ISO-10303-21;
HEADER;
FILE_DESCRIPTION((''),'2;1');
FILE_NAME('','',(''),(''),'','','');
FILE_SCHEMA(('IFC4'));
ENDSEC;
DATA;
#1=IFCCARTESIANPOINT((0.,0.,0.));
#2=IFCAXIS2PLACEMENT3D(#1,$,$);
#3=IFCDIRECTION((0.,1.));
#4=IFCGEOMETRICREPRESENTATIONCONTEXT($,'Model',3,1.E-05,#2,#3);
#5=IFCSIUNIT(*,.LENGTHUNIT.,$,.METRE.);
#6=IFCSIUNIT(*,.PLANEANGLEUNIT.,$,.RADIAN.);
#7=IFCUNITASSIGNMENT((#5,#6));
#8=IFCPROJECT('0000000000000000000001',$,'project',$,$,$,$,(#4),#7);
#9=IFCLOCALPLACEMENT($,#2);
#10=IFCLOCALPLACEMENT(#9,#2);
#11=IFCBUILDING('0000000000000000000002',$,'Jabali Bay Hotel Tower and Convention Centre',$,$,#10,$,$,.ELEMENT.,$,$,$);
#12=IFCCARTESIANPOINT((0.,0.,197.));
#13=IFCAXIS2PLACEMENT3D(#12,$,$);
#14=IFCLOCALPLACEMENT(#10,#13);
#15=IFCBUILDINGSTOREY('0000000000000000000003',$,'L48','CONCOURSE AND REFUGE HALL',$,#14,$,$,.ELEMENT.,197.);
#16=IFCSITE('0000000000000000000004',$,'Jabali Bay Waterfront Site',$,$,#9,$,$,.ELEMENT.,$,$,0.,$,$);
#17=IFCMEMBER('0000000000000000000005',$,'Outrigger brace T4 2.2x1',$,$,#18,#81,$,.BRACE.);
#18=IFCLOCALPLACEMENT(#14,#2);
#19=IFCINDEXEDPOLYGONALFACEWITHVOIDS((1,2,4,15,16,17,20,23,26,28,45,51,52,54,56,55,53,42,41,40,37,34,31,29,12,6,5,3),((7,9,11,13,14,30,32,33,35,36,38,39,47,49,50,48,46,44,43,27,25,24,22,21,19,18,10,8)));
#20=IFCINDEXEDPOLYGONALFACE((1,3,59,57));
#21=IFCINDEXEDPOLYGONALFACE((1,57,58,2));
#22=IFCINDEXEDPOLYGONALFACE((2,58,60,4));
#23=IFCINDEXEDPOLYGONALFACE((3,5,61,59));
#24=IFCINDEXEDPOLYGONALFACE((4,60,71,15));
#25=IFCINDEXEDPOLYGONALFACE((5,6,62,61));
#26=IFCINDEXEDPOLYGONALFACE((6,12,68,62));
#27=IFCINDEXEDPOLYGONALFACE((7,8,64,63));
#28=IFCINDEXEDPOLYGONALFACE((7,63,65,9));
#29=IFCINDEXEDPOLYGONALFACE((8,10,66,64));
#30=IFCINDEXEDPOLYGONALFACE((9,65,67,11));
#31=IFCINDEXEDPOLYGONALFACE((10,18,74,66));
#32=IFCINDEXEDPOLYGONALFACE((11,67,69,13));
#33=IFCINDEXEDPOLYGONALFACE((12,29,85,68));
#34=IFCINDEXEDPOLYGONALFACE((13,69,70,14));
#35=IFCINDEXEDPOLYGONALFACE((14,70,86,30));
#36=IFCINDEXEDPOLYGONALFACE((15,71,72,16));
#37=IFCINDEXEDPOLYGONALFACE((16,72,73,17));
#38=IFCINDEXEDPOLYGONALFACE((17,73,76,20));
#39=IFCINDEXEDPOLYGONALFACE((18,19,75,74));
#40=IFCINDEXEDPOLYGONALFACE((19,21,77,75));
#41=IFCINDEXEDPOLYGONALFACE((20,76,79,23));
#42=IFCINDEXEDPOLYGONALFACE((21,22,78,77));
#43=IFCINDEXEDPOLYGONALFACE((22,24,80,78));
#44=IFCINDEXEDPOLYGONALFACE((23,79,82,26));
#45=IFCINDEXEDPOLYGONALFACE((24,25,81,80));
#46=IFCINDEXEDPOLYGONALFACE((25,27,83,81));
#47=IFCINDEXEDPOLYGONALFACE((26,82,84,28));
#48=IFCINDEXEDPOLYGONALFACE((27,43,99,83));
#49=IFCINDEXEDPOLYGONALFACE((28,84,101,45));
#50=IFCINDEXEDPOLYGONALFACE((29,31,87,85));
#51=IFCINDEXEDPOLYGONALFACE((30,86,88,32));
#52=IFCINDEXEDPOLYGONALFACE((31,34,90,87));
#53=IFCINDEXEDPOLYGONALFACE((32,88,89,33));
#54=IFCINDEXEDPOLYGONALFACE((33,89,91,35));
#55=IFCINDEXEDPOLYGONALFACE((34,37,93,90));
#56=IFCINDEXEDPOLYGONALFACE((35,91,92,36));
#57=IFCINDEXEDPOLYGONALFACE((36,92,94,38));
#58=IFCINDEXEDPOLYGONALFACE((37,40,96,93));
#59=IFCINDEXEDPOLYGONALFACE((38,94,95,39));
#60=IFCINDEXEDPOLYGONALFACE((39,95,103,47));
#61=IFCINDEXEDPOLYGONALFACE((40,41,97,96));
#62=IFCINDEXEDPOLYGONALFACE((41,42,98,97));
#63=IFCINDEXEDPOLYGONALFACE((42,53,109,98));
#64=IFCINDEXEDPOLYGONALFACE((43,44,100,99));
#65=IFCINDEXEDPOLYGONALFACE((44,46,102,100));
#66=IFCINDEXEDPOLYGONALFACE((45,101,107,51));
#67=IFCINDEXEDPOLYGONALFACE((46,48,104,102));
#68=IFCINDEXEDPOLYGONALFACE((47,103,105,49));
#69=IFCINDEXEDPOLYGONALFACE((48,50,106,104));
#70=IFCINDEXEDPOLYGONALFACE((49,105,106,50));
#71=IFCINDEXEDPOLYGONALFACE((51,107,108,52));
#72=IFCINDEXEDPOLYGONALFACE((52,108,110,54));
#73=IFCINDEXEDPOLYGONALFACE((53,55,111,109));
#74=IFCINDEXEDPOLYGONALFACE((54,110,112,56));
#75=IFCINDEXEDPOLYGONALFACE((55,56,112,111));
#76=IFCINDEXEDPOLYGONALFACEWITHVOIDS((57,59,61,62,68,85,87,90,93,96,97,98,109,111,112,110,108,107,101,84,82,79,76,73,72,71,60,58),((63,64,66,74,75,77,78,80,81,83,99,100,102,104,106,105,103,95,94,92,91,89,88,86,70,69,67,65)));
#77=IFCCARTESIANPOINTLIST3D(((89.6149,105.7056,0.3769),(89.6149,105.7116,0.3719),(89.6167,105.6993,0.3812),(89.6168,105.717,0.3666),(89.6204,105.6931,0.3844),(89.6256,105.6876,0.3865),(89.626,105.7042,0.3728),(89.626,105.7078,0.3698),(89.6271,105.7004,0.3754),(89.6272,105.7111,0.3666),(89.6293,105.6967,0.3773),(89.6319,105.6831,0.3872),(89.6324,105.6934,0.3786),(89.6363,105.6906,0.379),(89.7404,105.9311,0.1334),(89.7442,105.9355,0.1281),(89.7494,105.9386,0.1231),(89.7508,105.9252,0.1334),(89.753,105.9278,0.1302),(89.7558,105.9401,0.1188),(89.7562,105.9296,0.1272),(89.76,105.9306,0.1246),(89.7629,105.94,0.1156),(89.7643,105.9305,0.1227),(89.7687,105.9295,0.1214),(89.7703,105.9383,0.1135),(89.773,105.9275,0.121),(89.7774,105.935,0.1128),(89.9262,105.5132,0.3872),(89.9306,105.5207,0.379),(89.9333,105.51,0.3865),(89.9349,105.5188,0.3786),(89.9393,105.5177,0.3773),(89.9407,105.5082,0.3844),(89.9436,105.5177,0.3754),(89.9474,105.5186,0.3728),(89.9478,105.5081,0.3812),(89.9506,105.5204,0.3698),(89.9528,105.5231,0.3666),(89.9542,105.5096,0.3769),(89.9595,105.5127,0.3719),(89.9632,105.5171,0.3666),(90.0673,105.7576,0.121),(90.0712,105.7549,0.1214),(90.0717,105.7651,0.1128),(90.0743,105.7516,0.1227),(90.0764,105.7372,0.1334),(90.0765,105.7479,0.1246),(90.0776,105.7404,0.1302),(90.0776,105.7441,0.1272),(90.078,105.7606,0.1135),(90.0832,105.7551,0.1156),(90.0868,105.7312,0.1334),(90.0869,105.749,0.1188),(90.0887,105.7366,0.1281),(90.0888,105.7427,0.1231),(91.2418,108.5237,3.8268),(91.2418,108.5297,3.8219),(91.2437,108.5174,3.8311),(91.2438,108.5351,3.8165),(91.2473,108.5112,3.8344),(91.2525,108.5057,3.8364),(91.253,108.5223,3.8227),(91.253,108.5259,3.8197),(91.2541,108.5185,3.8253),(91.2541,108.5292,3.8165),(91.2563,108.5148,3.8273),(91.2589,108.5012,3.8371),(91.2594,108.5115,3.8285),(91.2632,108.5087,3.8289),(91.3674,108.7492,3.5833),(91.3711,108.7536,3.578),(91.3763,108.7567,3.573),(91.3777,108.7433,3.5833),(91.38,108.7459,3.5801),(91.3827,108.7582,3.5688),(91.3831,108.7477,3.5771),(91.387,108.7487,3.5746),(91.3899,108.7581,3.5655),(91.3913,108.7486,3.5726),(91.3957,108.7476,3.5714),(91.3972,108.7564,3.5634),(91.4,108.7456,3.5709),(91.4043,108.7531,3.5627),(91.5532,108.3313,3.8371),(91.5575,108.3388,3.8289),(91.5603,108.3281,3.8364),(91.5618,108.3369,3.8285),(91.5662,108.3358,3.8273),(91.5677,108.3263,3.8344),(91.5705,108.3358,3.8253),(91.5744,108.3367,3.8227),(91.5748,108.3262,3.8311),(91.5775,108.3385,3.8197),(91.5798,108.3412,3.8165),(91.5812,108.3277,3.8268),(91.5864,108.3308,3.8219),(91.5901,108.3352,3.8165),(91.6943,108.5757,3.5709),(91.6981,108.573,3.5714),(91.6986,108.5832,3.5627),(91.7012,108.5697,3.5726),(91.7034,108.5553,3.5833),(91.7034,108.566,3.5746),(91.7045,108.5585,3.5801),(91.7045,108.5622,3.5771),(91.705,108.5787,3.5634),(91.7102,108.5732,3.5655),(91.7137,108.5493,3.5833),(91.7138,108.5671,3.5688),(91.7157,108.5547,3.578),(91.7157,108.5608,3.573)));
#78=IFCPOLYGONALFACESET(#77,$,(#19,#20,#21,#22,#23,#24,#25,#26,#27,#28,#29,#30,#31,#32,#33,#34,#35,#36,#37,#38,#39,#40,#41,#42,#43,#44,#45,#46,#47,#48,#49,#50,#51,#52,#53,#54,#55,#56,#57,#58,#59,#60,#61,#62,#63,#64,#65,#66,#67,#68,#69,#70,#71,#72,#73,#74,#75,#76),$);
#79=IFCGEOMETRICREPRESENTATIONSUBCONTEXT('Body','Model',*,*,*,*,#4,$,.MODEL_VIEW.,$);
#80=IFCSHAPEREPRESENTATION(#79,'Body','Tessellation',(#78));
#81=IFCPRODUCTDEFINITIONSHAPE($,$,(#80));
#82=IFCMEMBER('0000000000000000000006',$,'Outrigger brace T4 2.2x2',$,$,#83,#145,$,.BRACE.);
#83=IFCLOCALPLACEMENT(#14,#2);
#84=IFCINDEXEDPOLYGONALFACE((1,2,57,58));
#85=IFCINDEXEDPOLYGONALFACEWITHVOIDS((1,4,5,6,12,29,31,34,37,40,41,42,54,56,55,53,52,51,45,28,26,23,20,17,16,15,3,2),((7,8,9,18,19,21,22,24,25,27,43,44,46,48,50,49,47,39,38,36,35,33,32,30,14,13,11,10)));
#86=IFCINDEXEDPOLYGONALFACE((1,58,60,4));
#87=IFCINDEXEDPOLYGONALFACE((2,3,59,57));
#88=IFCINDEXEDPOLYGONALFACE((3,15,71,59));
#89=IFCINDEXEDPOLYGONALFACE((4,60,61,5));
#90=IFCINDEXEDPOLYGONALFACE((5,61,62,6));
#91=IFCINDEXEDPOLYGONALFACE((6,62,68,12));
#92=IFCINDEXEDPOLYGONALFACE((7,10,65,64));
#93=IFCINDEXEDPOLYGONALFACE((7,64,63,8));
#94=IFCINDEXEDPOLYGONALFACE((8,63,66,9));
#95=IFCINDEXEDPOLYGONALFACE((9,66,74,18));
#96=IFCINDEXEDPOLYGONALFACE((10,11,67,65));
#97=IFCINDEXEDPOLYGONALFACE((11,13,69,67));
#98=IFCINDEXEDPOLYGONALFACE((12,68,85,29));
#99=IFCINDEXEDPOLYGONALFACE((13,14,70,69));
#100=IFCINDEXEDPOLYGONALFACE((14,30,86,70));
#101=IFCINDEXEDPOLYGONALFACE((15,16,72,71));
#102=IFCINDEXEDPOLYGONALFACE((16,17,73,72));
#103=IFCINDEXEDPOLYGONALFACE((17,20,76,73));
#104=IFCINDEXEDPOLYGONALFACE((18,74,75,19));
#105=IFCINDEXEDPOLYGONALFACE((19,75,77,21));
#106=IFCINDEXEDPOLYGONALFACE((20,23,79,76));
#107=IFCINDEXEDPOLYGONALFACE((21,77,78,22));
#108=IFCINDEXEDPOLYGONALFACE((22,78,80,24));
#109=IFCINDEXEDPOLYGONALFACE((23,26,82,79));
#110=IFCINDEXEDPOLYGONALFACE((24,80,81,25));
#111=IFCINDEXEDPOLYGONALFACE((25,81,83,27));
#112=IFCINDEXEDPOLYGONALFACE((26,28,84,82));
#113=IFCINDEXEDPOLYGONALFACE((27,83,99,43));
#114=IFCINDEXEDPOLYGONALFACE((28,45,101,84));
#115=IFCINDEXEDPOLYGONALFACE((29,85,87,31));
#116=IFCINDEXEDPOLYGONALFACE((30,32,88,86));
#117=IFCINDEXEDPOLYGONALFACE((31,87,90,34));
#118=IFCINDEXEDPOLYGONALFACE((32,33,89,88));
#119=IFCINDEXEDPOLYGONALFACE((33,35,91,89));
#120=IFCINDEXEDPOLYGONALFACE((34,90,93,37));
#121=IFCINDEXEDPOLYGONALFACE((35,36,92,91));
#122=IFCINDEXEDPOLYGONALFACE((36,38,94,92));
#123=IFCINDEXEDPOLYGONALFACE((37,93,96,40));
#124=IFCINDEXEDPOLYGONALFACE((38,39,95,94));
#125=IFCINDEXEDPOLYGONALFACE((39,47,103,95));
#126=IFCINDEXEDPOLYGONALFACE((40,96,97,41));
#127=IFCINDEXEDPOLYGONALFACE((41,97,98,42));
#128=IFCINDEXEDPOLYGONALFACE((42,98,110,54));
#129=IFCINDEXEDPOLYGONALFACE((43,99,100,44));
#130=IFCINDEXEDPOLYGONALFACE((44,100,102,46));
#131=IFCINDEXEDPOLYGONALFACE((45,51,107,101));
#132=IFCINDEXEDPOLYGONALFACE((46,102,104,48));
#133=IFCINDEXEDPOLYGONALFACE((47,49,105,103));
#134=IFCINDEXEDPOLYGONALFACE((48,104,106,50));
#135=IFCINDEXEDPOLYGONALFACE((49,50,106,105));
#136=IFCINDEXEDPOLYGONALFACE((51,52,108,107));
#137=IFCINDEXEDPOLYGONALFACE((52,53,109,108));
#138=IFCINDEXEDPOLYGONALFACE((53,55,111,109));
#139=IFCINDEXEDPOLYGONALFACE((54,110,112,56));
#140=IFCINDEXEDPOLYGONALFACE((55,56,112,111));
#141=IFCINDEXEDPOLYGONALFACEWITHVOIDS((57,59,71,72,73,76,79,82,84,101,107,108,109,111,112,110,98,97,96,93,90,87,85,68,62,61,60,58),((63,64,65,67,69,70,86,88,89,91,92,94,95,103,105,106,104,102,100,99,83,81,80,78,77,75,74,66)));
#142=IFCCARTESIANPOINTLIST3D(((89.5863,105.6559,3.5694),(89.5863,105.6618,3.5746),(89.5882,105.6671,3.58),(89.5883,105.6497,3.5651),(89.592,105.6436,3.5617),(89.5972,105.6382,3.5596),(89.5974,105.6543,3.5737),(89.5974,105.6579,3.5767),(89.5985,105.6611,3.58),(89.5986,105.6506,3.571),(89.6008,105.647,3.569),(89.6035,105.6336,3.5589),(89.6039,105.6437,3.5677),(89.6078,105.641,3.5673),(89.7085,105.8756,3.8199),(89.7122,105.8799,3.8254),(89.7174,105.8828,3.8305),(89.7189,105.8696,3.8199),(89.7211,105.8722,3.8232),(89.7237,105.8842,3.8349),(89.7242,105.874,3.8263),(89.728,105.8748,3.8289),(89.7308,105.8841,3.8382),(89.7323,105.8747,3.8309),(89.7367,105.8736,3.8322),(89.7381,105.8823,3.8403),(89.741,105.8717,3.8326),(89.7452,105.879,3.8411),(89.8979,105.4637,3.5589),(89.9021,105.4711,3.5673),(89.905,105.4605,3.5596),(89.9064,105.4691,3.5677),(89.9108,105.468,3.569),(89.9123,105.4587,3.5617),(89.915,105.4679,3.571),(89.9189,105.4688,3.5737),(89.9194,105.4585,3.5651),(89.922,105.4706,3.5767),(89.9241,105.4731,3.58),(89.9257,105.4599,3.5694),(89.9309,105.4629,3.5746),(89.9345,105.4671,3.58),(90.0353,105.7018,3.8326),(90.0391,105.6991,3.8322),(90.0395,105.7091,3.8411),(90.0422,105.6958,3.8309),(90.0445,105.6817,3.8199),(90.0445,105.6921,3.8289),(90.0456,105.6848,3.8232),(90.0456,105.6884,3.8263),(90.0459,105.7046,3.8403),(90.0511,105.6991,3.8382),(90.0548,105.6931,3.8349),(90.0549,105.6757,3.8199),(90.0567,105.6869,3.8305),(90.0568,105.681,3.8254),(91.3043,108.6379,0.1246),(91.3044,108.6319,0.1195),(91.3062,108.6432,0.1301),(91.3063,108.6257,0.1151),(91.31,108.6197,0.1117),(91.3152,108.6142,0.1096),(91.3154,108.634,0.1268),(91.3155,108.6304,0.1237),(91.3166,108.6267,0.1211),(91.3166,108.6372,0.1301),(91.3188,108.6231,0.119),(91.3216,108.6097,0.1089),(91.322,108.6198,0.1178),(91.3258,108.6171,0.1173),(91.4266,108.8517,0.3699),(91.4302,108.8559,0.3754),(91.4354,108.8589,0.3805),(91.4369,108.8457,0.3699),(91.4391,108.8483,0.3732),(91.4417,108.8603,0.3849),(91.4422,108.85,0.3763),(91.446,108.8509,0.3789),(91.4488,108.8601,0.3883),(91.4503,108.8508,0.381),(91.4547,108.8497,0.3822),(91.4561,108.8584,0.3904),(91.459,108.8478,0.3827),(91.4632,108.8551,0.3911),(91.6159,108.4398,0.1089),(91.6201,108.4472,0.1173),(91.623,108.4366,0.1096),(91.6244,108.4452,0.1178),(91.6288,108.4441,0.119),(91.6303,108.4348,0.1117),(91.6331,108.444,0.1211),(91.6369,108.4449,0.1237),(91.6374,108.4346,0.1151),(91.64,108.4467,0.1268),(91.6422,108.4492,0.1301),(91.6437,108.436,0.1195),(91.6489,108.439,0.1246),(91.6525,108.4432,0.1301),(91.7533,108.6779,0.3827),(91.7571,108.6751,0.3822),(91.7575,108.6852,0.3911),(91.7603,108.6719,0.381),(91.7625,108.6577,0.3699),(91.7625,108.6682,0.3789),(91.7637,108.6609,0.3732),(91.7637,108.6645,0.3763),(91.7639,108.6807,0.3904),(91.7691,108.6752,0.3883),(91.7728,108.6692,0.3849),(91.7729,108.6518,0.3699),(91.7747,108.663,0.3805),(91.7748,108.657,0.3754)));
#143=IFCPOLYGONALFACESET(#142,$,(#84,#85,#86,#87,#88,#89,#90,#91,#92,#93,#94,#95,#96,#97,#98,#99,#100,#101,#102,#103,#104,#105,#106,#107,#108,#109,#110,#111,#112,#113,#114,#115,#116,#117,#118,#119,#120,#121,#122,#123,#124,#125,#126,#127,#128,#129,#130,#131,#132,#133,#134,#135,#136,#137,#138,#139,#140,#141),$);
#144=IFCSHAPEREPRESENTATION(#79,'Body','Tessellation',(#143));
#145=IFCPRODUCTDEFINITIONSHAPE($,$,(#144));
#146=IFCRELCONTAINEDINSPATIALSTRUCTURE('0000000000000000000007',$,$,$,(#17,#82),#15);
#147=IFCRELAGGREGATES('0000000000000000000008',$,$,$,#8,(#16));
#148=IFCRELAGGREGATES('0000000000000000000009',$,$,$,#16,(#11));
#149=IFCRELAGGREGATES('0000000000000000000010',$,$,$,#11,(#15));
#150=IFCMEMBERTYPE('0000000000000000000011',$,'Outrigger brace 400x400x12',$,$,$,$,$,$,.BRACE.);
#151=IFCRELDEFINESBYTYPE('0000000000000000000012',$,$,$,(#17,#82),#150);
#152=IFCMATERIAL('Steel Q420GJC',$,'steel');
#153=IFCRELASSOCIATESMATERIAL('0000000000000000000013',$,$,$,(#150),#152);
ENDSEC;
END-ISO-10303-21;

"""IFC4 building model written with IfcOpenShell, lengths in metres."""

from ifc_helpers import new_model, si_unit, direction, frame, origin, origin_2d, place, context, subcontext, project, spatial, hollow_rectangle, extrude, material, material_profile, profile_set, type_object, element, save


model = new_model("IFC4")

# Units and contexts
model_context = context("Model", 3, precision=1e-05, world=origin(), true_north=direction((0.0, 1.0)))
body_context = subcontext(model_context, "Body", "Model", "MODEL_VIEW")
ifc_project = project(units=[si_unit("LENGTHUNIT", "METRE"), si_unit("PLANEANGLEUNIT", "RADIAN")], contexts=[model_context])

# Site, building, storey
site_placement = place(None, origin())
site = spatial("IfcSite", under=ifc_project, at=site_placement, Name="Jabali Bay Waterfront Site", CompositionType="ELEMENT", RefElevation=0.0)
building_placement = place(site_placement, origin())
building = spatial("IfcBuilding", under=site, at=building_placement, Name="Jabali Bay Hotel Tower and Convention Centre", CompositionType="ELEMENT")
storey_placement = place(building_placement, frame((0.0, 0.0, 197.0)))
storey = spatial("IfcBuildingStorey", under=building, at=storey_placement, Name="L48", Description="CONCOURSE AND REFUGE HALL", CompositionType="ELEMENT", Elevation=197.0)

# Members
ifc_material_1 = material(Name="Steel Q420GJC", Category="steel")
ifc_material_profile_1 = material_profile(ifc_material_1, hollow_rectangle(XDim=0.3999, YDim=0.3999, WallThickness=0.012, InnerFilletRadius=0.0181, OuterFilletRadius=0.03, at=origin_2d()), Name="Outrigger brace 400x400x12")
ifc_profile_set_1 = profile_set([ifc_material_profile_1], Name="Steel Q420GJC")
member_type_1 = type_object("IfcMemberType", Name="Outrigger brace 400x400x12", PredefinedType="BRACE", material=ifc_profile_set_1)
member_1_placement = place(storey_placement, frame((89.8518, 105.7241, 0.25), z_axis=(0.343061, 0.594231, 0.72746), x_axis=(-0.866037, 0.49998, 0.0)))
element("IfcMember", 1, at=member_1_placement, inside=storey, type_object=member_type_1, Name="Outrigger brace T4 2.2x1", PredefinedType="BRACE", context=body_context, shape_type="SweptSolid", body=[
    extrude(hollow_rectangle(XDim=0.3999, YDim=0.3999, WallThickness=0.012, InnerFilletRadius=0.0181, OuterFilletRadius=0.03, at=origin_2d()), origin(), (0.0, 0.0, 1.0), 4.7424),
])
member_2_placement = place(storey_placement, frame((91.5396, 108.6475, 0.25), z_axis=(-0.352821, -0.611183, 0.708501), x_axis=(0.866053, -0.499952, 0.0)))
element("IfcMember", 2, at=member_2_placement, inside=storey, type_object=member_type_1, Name="Outrigger brace T4 2.2x2", PredefinedType="BRACE", context=body_context, shape_type="SweptSolid", body=[
    extrude(hollow_rectangle(XDim=0.3999, YDim=0.3999, WallThickness=0.012, InnerFilletRadius=0.0181, OuterFilletRadius=0.03, at=origin_2d()), origin(), (0.0, 0.0, 1.0), 4.8694),
])

save(model, "model.ifc")
